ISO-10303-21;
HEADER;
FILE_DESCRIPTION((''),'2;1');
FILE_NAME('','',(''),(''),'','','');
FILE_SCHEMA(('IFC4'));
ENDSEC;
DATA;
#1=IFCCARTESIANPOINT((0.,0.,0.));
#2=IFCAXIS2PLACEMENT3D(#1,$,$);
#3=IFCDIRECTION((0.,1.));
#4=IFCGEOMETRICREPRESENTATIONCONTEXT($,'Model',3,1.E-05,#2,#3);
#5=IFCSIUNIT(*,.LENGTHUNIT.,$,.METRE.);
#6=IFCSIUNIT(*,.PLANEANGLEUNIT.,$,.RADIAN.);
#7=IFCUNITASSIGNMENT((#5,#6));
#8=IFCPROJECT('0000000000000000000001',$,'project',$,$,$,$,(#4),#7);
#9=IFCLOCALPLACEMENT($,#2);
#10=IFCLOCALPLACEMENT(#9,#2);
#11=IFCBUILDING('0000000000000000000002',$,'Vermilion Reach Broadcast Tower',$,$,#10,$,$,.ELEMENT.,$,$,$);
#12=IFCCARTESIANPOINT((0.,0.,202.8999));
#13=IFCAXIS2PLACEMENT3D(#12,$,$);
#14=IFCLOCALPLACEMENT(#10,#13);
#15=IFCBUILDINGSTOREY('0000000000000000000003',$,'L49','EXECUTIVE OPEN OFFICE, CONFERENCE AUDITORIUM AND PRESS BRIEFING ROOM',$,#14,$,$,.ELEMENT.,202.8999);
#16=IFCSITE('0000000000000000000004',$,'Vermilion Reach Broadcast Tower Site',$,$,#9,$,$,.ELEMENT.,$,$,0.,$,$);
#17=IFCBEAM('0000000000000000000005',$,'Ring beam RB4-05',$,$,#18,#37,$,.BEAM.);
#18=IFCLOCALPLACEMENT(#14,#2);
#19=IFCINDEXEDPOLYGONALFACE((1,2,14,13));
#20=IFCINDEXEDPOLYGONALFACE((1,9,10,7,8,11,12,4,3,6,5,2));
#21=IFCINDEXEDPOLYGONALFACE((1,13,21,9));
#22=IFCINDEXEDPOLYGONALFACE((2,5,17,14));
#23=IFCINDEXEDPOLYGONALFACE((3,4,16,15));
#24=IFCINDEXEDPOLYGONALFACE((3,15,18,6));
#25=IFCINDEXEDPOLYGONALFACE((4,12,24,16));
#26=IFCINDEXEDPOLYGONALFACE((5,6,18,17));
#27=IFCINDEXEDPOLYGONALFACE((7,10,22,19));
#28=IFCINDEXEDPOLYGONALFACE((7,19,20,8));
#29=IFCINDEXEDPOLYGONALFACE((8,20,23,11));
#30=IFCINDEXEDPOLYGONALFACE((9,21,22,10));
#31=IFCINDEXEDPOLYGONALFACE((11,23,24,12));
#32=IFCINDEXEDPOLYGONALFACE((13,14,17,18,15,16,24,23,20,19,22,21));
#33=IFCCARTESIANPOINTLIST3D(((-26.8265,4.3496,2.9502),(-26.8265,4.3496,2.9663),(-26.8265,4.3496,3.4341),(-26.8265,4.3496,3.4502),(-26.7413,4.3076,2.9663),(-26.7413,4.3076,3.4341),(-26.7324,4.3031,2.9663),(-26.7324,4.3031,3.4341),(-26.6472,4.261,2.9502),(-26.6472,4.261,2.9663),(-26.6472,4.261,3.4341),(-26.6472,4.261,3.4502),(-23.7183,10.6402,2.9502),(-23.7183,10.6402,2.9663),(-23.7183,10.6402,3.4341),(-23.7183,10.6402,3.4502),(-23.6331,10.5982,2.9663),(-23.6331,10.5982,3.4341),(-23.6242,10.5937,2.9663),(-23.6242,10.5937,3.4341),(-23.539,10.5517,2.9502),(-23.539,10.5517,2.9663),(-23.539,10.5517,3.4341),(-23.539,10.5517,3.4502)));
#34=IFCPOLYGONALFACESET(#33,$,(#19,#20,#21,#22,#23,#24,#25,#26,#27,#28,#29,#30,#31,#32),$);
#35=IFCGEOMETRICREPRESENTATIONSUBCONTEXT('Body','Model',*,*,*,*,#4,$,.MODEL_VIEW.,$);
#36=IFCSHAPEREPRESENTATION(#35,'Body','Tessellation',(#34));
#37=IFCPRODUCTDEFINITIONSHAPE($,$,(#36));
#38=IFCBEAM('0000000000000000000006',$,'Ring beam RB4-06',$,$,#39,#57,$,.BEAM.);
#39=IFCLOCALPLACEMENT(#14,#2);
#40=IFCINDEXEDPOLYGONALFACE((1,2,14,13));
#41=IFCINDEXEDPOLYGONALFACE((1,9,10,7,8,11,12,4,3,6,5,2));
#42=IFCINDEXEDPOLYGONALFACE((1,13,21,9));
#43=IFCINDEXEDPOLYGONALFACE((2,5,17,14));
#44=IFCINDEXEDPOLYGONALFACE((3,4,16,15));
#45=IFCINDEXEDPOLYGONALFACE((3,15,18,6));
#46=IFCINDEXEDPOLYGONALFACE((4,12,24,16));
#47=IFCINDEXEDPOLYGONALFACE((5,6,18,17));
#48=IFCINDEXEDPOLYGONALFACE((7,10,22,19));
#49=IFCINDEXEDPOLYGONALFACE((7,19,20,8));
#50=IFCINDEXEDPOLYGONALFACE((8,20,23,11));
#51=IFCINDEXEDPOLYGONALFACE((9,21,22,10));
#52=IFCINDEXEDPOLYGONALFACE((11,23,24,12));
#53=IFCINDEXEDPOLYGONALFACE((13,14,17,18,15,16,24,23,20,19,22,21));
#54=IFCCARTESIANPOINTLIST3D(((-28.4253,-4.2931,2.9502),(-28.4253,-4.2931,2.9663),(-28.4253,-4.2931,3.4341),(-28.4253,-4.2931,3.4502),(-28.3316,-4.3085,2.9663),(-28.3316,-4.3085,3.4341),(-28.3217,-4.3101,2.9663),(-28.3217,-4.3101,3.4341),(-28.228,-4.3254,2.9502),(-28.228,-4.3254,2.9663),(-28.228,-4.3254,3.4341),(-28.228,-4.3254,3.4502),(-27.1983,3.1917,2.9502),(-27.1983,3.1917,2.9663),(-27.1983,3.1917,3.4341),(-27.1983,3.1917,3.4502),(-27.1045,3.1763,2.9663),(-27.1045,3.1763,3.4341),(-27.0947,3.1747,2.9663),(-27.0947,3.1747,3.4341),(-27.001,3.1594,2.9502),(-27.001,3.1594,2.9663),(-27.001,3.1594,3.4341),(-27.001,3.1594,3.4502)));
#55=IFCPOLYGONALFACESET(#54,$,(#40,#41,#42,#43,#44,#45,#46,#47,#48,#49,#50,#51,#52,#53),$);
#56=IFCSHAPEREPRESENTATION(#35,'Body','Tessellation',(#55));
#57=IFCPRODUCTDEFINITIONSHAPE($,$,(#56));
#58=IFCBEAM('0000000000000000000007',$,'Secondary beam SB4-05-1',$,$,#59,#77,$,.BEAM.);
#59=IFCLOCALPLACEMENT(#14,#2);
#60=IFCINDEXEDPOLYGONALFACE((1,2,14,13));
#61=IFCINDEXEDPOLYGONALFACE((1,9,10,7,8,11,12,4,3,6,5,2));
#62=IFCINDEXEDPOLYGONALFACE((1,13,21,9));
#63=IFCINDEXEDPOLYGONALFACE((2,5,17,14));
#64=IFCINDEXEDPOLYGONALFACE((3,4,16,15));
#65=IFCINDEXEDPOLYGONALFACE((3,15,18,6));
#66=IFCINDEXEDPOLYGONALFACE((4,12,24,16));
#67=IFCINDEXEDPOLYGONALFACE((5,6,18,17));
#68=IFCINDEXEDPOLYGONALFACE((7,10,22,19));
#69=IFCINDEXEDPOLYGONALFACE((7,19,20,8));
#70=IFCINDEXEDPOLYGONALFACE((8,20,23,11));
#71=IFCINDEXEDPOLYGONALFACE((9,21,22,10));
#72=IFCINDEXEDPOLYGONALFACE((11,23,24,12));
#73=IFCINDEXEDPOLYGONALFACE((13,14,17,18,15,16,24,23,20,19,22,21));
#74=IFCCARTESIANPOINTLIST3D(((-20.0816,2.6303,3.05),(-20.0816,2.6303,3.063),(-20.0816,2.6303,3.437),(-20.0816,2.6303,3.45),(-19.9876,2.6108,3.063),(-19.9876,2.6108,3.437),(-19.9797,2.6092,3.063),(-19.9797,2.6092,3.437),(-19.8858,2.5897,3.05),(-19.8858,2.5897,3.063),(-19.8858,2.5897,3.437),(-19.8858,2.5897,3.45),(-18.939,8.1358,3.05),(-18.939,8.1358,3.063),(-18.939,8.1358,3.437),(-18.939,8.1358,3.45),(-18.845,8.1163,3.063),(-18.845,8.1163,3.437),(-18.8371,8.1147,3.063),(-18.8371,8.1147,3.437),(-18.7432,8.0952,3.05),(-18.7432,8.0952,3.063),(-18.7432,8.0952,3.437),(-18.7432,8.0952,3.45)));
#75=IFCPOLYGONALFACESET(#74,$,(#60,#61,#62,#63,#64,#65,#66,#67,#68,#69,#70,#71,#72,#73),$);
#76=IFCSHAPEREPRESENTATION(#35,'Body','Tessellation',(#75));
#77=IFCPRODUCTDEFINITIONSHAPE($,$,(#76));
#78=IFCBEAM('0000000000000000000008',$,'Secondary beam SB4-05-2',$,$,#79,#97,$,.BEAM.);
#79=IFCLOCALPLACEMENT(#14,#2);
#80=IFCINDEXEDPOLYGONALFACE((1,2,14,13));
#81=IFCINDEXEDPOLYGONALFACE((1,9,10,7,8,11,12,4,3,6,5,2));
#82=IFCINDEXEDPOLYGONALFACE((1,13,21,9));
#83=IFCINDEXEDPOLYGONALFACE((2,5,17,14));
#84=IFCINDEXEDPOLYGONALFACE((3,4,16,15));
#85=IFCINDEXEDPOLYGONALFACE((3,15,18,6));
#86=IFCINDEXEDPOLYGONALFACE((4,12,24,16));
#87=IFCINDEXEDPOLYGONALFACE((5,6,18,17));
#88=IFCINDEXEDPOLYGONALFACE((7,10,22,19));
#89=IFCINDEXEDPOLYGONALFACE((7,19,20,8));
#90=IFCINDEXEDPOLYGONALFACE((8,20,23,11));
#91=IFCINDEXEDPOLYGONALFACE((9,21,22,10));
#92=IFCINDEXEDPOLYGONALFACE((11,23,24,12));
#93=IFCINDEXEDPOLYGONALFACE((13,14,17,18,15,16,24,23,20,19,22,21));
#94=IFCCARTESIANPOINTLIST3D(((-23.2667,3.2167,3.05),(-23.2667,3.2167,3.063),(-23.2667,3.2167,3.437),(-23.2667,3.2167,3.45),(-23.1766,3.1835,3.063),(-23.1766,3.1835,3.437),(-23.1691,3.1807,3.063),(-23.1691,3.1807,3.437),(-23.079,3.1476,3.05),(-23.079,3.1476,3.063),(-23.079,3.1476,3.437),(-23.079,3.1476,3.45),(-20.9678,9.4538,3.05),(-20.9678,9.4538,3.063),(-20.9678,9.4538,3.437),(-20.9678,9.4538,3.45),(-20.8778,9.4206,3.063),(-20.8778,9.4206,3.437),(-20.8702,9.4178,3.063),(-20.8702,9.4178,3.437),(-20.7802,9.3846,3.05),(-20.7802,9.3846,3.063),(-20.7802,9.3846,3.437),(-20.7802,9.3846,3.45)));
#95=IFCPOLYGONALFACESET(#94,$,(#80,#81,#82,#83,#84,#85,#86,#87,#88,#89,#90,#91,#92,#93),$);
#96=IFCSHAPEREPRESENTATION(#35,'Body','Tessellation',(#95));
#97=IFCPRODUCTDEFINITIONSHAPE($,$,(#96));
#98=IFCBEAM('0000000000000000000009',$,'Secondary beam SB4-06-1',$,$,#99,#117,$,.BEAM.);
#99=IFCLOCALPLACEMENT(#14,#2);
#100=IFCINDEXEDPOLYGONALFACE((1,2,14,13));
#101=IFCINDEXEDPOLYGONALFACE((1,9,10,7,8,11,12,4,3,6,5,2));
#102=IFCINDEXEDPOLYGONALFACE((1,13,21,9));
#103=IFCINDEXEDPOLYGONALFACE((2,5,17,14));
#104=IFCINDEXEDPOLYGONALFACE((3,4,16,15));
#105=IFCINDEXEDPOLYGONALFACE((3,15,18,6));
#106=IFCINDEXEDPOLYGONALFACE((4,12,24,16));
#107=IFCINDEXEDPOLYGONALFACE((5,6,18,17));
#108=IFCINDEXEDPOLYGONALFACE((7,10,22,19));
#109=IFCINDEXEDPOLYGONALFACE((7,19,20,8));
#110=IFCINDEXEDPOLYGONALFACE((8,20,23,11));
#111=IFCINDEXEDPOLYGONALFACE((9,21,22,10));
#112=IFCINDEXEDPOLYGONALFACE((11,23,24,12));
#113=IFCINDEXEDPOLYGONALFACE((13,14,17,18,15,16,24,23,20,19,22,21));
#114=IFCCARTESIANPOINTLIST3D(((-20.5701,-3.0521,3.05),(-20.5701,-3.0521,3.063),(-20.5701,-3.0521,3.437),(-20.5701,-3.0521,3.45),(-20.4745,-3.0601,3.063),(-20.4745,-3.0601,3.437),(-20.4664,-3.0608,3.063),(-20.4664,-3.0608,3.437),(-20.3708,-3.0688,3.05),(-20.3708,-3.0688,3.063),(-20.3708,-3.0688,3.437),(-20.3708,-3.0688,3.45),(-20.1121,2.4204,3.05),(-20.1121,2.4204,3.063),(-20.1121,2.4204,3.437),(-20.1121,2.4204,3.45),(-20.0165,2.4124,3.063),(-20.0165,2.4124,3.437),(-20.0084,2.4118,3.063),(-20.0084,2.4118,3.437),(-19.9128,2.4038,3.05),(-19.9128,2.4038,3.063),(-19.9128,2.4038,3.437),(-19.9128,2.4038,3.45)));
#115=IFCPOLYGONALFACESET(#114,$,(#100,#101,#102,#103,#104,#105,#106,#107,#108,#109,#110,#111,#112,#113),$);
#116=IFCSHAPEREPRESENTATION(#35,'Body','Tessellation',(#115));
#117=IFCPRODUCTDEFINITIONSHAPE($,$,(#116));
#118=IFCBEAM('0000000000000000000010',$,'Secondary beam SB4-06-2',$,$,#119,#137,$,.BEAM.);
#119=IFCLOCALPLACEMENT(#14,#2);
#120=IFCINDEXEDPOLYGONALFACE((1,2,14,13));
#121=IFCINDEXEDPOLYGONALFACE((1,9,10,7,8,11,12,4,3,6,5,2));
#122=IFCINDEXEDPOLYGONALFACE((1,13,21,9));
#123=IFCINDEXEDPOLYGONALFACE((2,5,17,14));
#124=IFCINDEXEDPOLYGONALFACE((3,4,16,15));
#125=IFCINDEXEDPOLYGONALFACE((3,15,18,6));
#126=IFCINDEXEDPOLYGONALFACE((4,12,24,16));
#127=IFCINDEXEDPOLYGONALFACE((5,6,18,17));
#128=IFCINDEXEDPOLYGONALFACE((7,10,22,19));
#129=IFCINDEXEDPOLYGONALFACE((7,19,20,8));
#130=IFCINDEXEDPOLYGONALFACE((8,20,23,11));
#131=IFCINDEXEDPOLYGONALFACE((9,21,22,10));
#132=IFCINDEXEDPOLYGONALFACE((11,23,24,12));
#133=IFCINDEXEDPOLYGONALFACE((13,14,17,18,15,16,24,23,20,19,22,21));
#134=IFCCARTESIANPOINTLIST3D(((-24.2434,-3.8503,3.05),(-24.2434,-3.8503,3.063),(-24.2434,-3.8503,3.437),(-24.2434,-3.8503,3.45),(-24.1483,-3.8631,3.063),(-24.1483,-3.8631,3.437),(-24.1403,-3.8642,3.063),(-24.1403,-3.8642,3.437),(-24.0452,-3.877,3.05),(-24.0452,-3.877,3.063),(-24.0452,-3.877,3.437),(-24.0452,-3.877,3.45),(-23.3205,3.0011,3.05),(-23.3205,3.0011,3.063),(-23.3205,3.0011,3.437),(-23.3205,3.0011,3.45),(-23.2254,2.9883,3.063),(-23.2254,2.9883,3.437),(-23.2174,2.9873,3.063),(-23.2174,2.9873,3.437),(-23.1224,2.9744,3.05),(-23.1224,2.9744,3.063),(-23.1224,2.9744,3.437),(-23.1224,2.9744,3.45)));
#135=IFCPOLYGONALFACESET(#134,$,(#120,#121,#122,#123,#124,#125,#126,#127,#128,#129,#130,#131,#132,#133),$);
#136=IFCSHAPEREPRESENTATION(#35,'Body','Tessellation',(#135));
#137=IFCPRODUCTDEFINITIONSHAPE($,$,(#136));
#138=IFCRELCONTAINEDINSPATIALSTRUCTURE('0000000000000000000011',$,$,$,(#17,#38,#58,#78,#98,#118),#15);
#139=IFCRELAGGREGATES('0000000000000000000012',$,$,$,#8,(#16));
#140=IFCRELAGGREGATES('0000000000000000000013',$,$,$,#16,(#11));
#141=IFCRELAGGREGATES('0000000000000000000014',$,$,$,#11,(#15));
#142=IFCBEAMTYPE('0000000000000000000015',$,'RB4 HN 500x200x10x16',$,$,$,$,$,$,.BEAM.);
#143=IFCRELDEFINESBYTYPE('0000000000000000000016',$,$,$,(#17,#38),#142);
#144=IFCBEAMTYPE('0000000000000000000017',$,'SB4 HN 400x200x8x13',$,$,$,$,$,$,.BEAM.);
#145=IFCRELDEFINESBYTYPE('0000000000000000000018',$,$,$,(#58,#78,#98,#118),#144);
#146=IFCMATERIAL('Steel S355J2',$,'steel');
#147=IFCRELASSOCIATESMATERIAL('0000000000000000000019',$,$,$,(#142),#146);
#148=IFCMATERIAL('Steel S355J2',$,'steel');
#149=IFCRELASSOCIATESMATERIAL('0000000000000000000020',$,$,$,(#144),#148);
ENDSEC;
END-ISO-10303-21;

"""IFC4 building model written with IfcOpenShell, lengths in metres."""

from ifc_helpers import new_model, si_unit, direction, frame, origin, origin_2d, place, context, subcontext, project, spatial, i_section, extrude, material, material_profile, profile_set, type_object, element, save


model = new_model("IFC4")

# Units and contexts
model_context = context("Model", 3, precision=1e-05, world=origin(), true_north=direction((0.0, 1.0)))
body_context = subcontext(model_context, "Body", "Model", "MODEL_VIEW")
ifc_project = project(units=[si_unit("LENGTHUNIT", "METRE"), si_unit("PLANEANGLEUNIT", "RADIAN")], contexts=[model_context])

# Site, building, storey
site_placement = place(None, origin())
site = spatial("IfcSite", under=ifc_project, at=site_placement, Name="Vermilion Reach Broadcast Tower Site", CompositionType="ELEMENT", RefElevation=0.0)
building_placement = place(site_placement, origin())
building = spatial("IfcBuilding", under=site, at=building_placement, Name="Vermilion Reach Broadcast Tower", CompositionType="ELEMENT")
storey_placement = place(building_placement, frame((0.0, 0.0, 202.8999)))
storey = spatial("IfcBuildingStorey", under=building, at=storey_placement, Name="L49", Description="EXECUTIVE OPEN OFFICE, CONFERENCE AUDITORIUM AND PRESS BRIEFING ROOM", CompositionType="ELEMENT", Elevation=202.8999)

# Beams
ifc_material_1 = material(Name="Steel S355J2", Category="steel")
ifc_material_profile_1 = material_profile(ifc_material_1, i_section(OverallWidth=0.2, OverallDepth=0.5, WebThickness=0.01, FlangeThickness=0.0161, at=origin_2d()), Name="S355J2 HN 500x200x10x16")
ifc_profile_set_1 = profile_set([ifc_material_profile_1], Name="Steel S355J2")
beam_type_1 = type_object("IfcBeamType", Name="RB4 HN 500x200x10x16", PredefinedType="BEAM", material=ifc_profile_set_1)
beam_1_placement = place(storey_placement, frame((-23.6287, 10.5959, 3.2002), z_axis=(-0.442977, -0.896533, 0.0), x_axis=(0.896533, -0.442977, 0.0)))
element("IfcBeam", 1, at=beam_1_placement, inside=storey, type_object=beam_type_1, Name="Ring beam RB4-05", PredefinedType="BEAM", context=body_context, shape_type="SweptSolid", body=[
    extrude(i_section(OverallWidth=0.2, OverallDepth=0.5, WebThickness=0.01, FlangeThickness=0.0161, at=origin_2d()), origin(), (0.0, 0.0, 1.0), 7.0166),
])
beam_2_placement = place(storey_placement, frame((-27.0996, 3.1755, 3.2002), z_axis=(-0.161778, -0.986827, 0.0), x_axis=(0.986827, -0.161778, 0.0)))
element("IfcBeam", 2, at=beam_2_placement, inside=storey, type_object=beam_type_1, Name="Ring beam RB4-06", PredefinedType="BEAM", context=body_context, shape_type="SweptSolid", body=[
    extrude(i_section(OverallWidth=0.2, OverallDepth=0.5, WebThickness=0.01, FlangeThickness=0.0161, at=origin_2d()), origin(), (0.0, 0.0, 1.0), 7.5847),
])
ifc_material_2 = material(Name="Steel S355J2", Category="steel")
ifc_material_profile_2 = material_profile(ifc_material_2, i_section(OverallWidth=0.2, OverallDepth=0.3999, WebThickness=0.0081, FlangeThickness=0.0129, at=origin_2d()), Name="S355J2 HN 400x200x8x13")
ifc_profile_set_2 = profile_set([ifc_material_profile_2], Name="Steel S355J2")
beam_type_2 = type_object("IfcBeamType", Name="SB4 HN 400x200x8x13", PredefinedType="BEAM", material=ifc_profile_set_2)
beam_3_placement = place(storey_placement, frame((-18.8411, 8.1155, 3.25), z_axis=(-0.203209, -0.979135, 0.0), x_axis=(0.979135, -0.203209, 0.0)))
element("IfcBeam", 3, at=beam_3_placement, inside=storey, type_object=beam_type_2, Name="Secondary beam SB4-05-1", PredefinedType="BEAM", context=body_context, shape_type="SweptSolid", body=[
    extrude(i_section(OverallWidth=0.2, OverallDepth=0.3999, WebThickness=0.0081, FlangeThickness=0.0129, at=origin_2d()), origin(), (0.0, 0.0, 1.0), 5.6228),
])
beam_4_placement = place(storey_placement, frame((-20.874, 9.4192, 3.25), z_axis=(-0.345833, -0.938296, 0.0), x_axis=(0.938296, -0.345833, 0.0)))
element("IfcBeam", 4, at=beam_4_placement, inside=storey, type_object=beam_type_2, Name="Secondary beam SB4-05-2", PredefinedType="BEAM", context=body_context, shape_type="SweptSolid", body=[
    extrude(i_section(OverallWidth=0.2, OverallDepth=0.3999, WebThickness=0.0081, FlangeThickness=0.0129, at=origin_2d()), origin(), (0.0, 0.0, 1.0), 6.6472),
])
beam_5_placement = place(storey_placement, frame((-20.0125, 2.4121, 3.25), z_axis=(-0.083399, -0.996516, 0.0), x_axis=(0.996516, -0.083399, 0.0)))
element("IfcBeam", 5, at=beam_5_placement, inside=storey, type_object=beam_type_2, Name="Secondary beam SB4-06-1", PredefinedType="BEAM", context=body_context, shape_type="SweptSolid", body=[
    extrude(i_section(OverallWidth=0.2, OverallDepth=0.3999, WebThickness=0.0081, FlangeThickness=0.0129, at=origin_2d()), origin(), (0.0, 0.0, 1.0), 5.4917),
])
beam_6_placement = place(storey_placement, frame((-23.2214, 2.9878, 3.25), z_axis=(-0.133487, -0.991051, 0.0), x_axis=(0.991051, -0.133487, 0.0)))
element("IfcBeam", 6, at=beam_6_placement, inside=storey, type_object=beam_type_2, Name="Secondary beam SB4-06-2", PredefinedType="BEAM", context=body_context, shape_type="SweptSolid", body=[
    extrude(i_section(OverallWidth=0.2, OverallDepth=0.3999, WebThickness=0.0081, FlangeThickness=0.0129, at=origin_2d()), origin(), (0.0, 0.0, 1.0), 6.9133),
])

save(model, "model.ifc")
